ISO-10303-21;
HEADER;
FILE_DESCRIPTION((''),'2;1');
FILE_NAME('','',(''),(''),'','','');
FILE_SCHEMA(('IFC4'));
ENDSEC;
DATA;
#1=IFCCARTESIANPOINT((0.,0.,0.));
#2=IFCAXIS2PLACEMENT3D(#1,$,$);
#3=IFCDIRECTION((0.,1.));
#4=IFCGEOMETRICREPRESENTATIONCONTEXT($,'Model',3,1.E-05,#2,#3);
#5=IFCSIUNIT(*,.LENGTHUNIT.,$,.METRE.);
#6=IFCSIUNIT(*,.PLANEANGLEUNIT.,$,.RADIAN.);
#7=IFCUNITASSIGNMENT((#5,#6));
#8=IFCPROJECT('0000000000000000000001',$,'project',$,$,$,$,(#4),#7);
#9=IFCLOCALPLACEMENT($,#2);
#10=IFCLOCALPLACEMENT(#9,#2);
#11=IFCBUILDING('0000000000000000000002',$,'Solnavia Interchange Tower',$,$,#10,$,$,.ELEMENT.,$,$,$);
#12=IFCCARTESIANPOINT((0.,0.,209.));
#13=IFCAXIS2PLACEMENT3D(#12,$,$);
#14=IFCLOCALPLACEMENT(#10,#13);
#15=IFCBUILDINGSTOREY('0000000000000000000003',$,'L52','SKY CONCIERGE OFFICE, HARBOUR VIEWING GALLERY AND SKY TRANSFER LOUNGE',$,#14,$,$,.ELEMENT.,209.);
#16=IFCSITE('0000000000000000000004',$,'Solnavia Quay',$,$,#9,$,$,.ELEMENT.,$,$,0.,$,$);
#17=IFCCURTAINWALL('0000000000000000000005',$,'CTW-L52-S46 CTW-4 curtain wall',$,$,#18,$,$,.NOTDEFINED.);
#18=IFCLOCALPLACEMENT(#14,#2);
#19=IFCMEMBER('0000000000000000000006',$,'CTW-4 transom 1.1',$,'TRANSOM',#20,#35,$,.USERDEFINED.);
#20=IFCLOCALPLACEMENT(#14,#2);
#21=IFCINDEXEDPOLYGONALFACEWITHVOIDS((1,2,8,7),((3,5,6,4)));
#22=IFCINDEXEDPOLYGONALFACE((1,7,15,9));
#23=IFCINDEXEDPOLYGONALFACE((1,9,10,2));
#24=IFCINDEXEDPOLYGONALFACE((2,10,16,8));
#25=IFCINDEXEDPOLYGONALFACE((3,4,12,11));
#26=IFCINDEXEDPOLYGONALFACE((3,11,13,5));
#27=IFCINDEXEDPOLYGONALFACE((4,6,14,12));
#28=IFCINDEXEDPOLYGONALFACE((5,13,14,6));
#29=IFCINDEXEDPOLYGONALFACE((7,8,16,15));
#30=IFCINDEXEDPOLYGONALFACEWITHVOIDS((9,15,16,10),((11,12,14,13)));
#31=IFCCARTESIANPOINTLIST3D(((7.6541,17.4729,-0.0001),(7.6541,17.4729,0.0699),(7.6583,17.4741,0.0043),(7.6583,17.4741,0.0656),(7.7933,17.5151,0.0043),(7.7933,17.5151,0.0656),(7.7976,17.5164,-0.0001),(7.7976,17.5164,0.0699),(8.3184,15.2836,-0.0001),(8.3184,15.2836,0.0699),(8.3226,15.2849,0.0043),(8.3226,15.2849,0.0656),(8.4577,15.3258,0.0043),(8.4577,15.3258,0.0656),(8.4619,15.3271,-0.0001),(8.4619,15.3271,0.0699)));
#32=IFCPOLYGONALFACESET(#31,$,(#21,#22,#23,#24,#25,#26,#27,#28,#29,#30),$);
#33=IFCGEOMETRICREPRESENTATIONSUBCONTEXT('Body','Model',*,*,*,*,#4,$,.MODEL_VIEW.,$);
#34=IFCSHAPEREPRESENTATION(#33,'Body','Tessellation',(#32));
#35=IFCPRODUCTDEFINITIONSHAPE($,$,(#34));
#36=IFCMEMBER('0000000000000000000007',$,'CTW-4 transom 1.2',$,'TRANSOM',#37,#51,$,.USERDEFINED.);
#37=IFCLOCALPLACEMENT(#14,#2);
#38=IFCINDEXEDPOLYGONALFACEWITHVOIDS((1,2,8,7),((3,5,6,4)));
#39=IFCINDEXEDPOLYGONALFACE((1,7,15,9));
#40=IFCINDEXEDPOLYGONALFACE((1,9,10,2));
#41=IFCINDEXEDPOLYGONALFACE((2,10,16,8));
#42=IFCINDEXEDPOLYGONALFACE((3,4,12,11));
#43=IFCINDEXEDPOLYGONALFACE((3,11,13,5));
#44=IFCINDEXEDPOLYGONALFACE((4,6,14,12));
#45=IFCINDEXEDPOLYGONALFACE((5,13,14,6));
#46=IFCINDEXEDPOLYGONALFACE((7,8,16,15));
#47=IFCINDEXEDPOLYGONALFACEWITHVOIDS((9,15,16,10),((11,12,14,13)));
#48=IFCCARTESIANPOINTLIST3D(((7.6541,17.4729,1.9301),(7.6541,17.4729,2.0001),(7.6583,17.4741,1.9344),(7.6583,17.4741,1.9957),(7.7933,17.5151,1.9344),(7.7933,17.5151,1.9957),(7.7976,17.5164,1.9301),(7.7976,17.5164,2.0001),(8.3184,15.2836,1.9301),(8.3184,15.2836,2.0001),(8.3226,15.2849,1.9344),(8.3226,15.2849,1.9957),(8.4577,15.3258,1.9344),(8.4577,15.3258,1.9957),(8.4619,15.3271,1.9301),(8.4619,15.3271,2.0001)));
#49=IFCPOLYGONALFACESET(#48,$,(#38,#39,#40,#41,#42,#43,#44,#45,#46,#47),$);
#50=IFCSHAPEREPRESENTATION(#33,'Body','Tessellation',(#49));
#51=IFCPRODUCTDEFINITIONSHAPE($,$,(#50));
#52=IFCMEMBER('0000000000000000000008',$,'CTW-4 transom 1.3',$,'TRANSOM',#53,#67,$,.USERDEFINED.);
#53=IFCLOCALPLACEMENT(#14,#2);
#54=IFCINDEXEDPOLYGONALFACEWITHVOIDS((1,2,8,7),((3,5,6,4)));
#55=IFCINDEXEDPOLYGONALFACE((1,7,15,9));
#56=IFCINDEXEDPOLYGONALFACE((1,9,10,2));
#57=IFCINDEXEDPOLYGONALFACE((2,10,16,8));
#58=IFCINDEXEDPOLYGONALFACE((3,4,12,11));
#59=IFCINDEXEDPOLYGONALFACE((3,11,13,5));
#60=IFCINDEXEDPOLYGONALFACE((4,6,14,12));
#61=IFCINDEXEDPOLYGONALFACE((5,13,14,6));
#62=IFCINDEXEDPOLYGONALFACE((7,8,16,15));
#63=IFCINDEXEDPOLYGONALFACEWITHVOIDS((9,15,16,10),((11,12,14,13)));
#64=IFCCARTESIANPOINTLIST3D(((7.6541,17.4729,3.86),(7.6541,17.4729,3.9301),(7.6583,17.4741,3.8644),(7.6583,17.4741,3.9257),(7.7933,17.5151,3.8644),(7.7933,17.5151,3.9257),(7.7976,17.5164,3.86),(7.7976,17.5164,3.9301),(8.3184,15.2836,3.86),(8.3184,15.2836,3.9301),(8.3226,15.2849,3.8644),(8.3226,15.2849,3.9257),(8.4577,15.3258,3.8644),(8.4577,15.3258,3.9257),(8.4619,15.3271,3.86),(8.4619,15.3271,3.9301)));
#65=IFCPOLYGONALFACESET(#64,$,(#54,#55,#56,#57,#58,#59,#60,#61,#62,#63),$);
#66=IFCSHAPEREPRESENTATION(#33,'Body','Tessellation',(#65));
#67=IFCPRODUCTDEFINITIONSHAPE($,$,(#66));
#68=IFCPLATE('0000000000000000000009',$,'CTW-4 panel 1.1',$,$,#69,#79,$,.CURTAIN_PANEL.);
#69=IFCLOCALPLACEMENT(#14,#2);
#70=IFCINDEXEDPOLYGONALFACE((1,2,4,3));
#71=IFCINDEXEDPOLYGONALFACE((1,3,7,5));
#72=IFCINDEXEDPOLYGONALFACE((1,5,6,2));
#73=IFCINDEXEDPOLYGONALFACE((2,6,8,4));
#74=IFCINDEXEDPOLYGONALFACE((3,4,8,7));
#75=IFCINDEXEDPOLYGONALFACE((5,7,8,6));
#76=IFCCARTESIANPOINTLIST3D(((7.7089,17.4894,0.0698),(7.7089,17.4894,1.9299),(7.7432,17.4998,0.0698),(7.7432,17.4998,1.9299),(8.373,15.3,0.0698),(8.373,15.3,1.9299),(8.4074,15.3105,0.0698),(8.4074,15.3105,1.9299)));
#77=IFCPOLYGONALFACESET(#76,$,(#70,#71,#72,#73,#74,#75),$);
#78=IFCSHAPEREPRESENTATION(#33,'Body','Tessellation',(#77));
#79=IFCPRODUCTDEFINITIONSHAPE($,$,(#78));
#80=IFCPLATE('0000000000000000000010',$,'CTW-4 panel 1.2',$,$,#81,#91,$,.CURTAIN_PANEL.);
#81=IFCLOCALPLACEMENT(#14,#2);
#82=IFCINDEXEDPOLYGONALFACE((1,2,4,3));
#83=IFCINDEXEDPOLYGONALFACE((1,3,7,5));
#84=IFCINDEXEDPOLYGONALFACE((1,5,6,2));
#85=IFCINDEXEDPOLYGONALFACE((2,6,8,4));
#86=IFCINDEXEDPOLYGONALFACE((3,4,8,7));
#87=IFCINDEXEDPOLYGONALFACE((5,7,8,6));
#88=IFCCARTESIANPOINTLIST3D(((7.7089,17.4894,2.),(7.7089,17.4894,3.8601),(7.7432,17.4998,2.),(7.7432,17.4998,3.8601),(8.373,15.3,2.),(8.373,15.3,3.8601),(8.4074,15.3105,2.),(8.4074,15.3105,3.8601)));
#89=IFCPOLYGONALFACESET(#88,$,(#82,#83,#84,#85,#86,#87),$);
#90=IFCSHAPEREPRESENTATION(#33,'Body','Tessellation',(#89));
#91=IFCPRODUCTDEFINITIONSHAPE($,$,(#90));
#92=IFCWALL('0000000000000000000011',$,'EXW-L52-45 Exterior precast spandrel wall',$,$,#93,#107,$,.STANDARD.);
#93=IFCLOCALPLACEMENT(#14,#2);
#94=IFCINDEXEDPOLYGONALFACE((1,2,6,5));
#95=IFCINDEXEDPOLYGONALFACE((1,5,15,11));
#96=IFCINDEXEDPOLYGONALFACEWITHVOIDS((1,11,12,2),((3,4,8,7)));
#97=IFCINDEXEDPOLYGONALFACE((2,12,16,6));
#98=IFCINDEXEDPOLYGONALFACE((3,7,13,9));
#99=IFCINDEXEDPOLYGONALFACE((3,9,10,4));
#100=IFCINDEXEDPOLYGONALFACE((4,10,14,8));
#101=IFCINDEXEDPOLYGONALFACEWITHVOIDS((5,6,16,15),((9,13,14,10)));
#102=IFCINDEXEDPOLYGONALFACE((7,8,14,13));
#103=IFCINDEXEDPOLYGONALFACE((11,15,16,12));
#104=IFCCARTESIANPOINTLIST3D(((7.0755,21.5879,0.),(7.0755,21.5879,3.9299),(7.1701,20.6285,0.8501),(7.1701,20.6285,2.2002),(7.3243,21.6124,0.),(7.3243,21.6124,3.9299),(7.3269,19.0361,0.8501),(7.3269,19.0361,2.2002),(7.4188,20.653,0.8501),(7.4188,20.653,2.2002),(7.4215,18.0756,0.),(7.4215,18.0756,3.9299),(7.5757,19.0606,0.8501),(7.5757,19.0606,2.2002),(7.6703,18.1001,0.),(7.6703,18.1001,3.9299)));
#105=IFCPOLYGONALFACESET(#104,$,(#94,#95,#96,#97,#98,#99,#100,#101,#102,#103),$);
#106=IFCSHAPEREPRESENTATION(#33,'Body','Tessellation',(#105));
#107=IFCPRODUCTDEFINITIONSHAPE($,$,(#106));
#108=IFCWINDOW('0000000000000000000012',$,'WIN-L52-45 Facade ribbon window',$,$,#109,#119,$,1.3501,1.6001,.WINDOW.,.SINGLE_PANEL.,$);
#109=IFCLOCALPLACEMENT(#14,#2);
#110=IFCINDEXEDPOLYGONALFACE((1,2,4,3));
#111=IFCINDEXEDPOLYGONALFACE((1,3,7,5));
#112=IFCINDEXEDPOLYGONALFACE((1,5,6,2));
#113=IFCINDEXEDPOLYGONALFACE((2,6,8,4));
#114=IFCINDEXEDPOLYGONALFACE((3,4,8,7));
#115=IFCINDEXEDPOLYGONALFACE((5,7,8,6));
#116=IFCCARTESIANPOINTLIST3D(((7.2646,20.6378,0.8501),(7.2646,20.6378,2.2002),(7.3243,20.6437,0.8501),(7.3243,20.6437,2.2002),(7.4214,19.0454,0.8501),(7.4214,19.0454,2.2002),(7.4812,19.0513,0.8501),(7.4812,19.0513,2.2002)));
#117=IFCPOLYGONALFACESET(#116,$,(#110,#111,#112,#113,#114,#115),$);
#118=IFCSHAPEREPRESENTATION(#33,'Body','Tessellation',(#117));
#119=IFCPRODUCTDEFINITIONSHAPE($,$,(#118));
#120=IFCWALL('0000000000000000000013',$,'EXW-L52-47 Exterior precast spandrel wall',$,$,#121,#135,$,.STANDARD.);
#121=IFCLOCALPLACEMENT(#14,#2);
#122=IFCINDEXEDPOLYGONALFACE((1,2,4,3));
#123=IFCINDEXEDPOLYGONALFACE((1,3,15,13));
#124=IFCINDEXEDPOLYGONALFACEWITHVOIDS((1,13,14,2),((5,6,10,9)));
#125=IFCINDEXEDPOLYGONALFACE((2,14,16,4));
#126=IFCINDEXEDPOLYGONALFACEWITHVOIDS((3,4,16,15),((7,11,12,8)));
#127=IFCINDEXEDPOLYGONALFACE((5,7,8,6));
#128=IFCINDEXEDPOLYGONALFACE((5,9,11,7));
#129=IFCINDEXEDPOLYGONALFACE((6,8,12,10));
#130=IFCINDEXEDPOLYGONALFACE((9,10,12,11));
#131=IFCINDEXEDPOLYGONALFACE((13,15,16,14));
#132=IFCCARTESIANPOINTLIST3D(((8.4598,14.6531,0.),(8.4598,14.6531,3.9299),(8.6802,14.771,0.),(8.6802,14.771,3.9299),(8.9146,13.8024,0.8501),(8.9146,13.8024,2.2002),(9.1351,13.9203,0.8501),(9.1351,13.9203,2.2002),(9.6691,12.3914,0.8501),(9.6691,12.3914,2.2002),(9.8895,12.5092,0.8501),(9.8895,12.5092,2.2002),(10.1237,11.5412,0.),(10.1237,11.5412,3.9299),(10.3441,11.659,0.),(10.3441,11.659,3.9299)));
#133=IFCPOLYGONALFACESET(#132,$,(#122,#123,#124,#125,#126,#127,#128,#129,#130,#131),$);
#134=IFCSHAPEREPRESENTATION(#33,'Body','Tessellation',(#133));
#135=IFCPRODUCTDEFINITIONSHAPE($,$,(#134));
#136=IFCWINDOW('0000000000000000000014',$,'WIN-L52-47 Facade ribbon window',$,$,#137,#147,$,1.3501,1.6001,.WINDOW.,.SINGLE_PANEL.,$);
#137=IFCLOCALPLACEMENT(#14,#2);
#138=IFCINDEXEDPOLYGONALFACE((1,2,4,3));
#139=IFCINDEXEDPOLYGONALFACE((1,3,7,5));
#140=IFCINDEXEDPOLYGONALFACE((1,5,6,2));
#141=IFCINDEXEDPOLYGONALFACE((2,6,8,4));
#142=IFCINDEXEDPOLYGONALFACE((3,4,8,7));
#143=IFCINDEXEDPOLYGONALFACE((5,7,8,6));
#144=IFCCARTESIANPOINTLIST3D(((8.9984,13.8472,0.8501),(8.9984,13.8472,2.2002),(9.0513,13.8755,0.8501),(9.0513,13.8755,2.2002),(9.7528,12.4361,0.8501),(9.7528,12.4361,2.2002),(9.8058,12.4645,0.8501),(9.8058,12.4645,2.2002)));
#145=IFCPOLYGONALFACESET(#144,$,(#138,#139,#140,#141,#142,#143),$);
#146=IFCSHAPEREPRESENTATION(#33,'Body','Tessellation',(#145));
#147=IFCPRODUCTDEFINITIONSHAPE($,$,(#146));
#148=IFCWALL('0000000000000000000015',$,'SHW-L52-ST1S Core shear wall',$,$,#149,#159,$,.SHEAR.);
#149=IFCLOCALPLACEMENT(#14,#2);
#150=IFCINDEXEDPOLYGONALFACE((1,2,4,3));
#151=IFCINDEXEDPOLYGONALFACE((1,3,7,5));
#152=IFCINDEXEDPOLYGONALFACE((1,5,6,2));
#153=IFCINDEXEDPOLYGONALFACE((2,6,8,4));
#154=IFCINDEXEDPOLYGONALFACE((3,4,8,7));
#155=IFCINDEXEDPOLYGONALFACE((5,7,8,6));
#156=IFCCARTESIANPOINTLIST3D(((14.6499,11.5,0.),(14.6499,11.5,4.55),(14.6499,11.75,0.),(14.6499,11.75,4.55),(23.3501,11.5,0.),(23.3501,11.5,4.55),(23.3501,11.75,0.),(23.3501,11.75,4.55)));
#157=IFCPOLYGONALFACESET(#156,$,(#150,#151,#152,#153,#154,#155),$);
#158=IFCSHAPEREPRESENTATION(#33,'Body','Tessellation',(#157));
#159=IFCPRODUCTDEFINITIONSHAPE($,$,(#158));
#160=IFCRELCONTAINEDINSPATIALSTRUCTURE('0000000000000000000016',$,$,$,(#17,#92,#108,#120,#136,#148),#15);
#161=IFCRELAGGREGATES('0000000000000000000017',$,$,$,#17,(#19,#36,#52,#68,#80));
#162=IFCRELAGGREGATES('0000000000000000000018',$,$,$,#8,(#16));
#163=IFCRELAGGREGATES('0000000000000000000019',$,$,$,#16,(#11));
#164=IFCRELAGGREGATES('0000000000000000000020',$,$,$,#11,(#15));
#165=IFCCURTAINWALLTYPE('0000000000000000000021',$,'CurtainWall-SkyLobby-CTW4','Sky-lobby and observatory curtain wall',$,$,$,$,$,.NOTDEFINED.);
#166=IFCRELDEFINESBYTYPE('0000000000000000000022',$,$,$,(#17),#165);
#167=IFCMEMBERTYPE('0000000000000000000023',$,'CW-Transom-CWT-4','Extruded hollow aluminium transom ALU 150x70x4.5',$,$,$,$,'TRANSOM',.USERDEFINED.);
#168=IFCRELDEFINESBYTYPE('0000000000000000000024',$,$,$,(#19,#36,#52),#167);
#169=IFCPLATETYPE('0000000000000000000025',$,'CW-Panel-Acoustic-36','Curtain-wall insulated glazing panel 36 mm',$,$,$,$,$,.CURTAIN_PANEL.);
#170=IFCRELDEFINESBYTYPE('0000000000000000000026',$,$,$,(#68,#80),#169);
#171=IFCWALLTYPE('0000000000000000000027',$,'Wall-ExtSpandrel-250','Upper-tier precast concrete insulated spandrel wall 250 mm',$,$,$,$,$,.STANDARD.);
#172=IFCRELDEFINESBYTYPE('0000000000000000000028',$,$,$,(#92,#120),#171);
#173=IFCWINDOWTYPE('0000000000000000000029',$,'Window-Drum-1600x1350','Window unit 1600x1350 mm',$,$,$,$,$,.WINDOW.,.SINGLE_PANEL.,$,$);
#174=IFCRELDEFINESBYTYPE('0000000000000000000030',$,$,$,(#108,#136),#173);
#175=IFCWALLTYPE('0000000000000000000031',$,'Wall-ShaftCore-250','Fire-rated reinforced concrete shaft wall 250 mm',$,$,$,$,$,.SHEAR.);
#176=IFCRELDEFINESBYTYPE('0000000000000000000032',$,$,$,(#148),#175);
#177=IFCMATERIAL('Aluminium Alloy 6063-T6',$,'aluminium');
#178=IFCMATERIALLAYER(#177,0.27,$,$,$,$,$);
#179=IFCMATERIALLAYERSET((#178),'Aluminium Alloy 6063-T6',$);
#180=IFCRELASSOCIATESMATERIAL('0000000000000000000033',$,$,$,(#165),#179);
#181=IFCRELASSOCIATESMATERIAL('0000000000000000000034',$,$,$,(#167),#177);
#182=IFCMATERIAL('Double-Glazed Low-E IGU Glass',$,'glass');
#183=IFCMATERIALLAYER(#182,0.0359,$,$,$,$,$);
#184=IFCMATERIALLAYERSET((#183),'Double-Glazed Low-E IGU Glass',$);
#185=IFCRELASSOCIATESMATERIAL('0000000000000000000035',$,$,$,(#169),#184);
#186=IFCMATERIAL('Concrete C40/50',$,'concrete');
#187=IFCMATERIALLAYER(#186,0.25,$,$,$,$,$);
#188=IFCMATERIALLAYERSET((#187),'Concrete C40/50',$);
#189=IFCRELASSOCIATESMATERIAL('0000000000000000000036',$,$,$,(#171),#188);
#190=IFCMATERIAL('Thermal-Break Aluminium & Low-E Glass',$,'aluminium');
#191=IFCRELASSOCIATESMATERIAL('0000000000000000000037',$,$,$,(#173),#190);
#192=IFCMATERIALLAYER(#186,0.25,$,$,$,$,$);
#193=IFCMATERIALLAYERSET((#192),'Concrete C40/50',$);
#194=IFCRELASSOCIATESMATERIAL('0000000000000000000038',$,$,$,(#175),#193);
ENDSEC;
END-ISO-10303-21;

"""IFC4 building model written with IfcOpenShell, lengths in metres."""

from ifc_helpers import new_model, si_unit, direction, frame, frame_2d, origin, origin_2d, place, context, subcontext, project, spatial, rectangle, hollow_rectangle, extrude, material, layer, layer_set, material_profile, profile_set, type_object, element, fill, aggregate, save


model = new_model("IFC4")

# Units and contexts
model_context = context("Model", 3, precision=1e-05, world=origin(), true_north=direction((0.0, 1.0)))
body_context = subcontext(model_context, "Body", "Model", "MODEL_VIEW")
ifc_project = project(units=[si_unit("LENGTHUNIT", "METRE"), si_unit("PLANEANGLEUNIT", "RADIAN")], contexts=[model_context])

# Site, building, storey
site_placement = place(None, origin())
site = spatial("IfcSite", under=ifc_project, at=site_placement, Name="Solnavia Quay", CompositionType="ELEMENT", RefElevation=0.0)
building_placement = place(site_placement, origin())
building = spatial("IfcBuilding", under=site, at=building_placement, Name="Solnavia Interchange Tower", CompositionType="ELEMENT")
storey_placement = place(building_placement, frame((0.0, 0.0, 209.0)))
storey = spatial("IfcBuildingStorey", under=building, at=storey_placement, Name="L52", Description="SKY CONCIERGE OFFICE, HARBOUR VIEWING GALLERY AND SKY TRANSFER LOUNGE", CompositionType="ELEMENT", Elevation=209.0)

# Curtain wall
ifc_material_1 = material(Name="Aluminium Alloy 6063-T6", Category="aluminium")
ifc_layer_1 = layer(ifc_material_1, 0.27)
ifc_layer_set_1 = layer_set([ifc_layer_1], Name="Aluminium Alloy 6063-T6")
curtain_wall_type = type_object("IfcCurtainWallType", Name="CurtainWall-SkyLobby-CTW4", Description="Sky-lobby and observatory curtain wall", PredefinedType="NOTDEFINED", material=ifc_layer_set_1)
curtain_wall_1_placement = place(storey_placement, origin())
curtain_wall_1 = element("IfcCurtainWall", 1, at=curtain_wall_1_placement, inside=storey, type_object=curtain_wall_type, Name="CTW-L52-S46 CTW-4 curtain wall", PredefinedType="NOTDEFINED")

# Members
ifc_material_profile_1 = material_profile(ifc_material_1, hollow_rectangle(XDim=0.0701, YDim=0.1499, WallThickness=0.0044, at=origin_2d()), Name="ALU 150x70x4.5")
ifc_profile_set_1 = profile_set([ifc_material_profile_1], Name="Aluminium Alloy 6063-T6")
member_type_1 = type_object("IfcMemberType", Name="CW-Transom-CWT-4", Description="Extruded hollow aluminium transom ALU 150x70x4.5", ElementType="TRANSOM", PredefinedType="USERDEFINED", material=ifc_profile_set_1)
member_1_placement = place(storey_placement, frame((7.7258, 17.4946, 0.0349), z_axis=(0.290372, -0.956914, 0.0), x_axis=(0.0, 0.0, 1.0)))
member_1 = element("IfcMember", 2, at=member_1_placement, type_object=member_type_1, Name="CTW-4 transom 1.1", ObjectType="TRANSOM", PredefinedType="USERDEFINED", context=body_context, shape_type="SweptSolid", body=[
    extrude(hollow_rectangle(XDim=0.0701, YDim=0.1499, WallThickness=0.0044, at=origin_2d()), origin(), (0.0, 0.0, 1.0), 2.2878),
])
member_2_placement = place(storey_placement, frame((7.7258, 17.4946, 1.9651), z_axis=(0.290372, -0.956914, 0.0), x_axis=(0.0, 0.0, 1.0)))
member_2 = element("IfcMember", 3, at=member_2_placement, type_object=member_type_1, Name="CTW-4 transom 1.2", ObjectType="TRANSOM", PredefinedType="USERDEFINED", context=body_context, shape_type="SweptSolid", body=[
    extrude(hollow_rectangle(XDim=0.0701, YDim=0.1499, WallThickness=0.0044, at=origin_2d()), origin(), (0.0, 0.0, 1.0), 2.2878),
])
member_3_placement = place(storey_placement, frame((7.7258, 17.4946, 3.895), z_axis=(0.290372, -0.956914, 0.0), x_axis=(0.0, 0.0, 1.0)))
member_3 = element("IfcMember", 4, at=member_3_placement, type_object=member_type_1, Name="CTW-4 transom 1.3", ObjectType="TRANSOM", PredefinedType="USERDEFINED", context=body_context, shape_type="SweptSolid", body=[
    extrude(hollow_rectangle(XDim=0.0701, YDim=0.1499, WallThickness=0.0044, at=origin_2d()), origin(), (0.0, 0.0, 1.0), 2.2878),
])

# Plates
ifc_material_2 = material(Name="Double-Glazed Low-E IGU Glass", Category="glass")
ifc_layer_2 = layer(ifc_material_2, 0.0359)
ifc_layer_set_2 = layer_set([ifc_layer_2], Name="Double-Glazed Low-E IGU Glass")
plate_type = type_object("IfcPlateType", Name="CW-Panel-Acoustic-36", Description="Curtain-wall insulated glazing panel 36 mm", PredefinedType="CURTAIN_PANEL", material=ifc_layer_set_2)
plate_1_placement = place(storey_placement, frame((8.0581, 16.3999, 0.0698), z_axis=(0.0, 0.0, 1.0), x_axis=(0.2903, -0.956936, 0.0)))
plate_1 = element("IfcPlate", 5, at=plate_1_placement, type_object=plate_type, Name="CTW-4 panel 1.1", PredefinedType="CURTAIN_PANEL", context=body_context, shape_type="SweptSolid", body=[
    extrude(rectangle(XDim=2.2878, YDim=0.0359, at=origin_2d()), origin(), (0.0, 0.0, 1.0), 1.8601),
])
plate_2_placement = place(storey_placement, frame((8.0581, 16.3999, 2.0), z_axis=(0.0, 0.0, 1.0), x_axis=(0.2903, -0.956936, 0.0)))
plate_2 = element("IfcPlate", 6, at=plate_2_placement, type_object=plate_type, Name="CTW-4 panel 1.2", PredefinedType="CURTAIN_PANEL", context=body_context, shape_type="SweptSolid", body=[
    extrude(rectangle(XDim=2.2878, YDim=0.0359, at=origin_2d()), origin(), (0.0, 0.0, 1.0), 1.8601),
])
aggregate(curtain_wall_1, [member_1, member_2, member_3, plate_1, plate_2])

# Walls, openings, windows
ifc_material_3 = material(Name="Concrete C40/50", Category="concrete")
ifc_layer_3 = layer(ifc_material_3, 0.25)
ifc_layer_set_3 = layer_set([ifc_layer_3], Name="Concrete C40/50")
wall_type_1 = type_object("IfcWallType", Name="Wall-ExtSpandrel-250", Description="Upper-tier precast concrete insulated spandrel wall 250 mm", PredefinedType="STANDARD", material=ifc_layer_set_3)
wall_1_placement = place(storey_placement, frame((7.5459, 18.0879, 0.0), z_axis=(0.0, 0.0, 1.0), x_axis=(-0.098024, 0.995184, 0.0)))
wall_1 = element("IfcWall", 7, at=wall_1_placement, inside=storey, type_object=wall_type_1, Name="EXW-L52-45 Exterior precast spandrel wall", PredefinedType="STANDARD", context=body_context, shape_type="SweptSolid", body=[
    extrude(rectangle(XDim=3.5293, YDim=0.25, at=frame_2d((1.7646, 0.0))), origin(), (0.0, 0.0, 1.0), 3.9299),
])
opening_1_placement = place(wall_1_placement, frame((0.9651, 0.0, 0.8501)))
opening_1 = element("IfcOpeningElement", 8, at=opening_1_placement, cuts=wall_1, PredefinedType="OPENING", context=body_context, shape_type="SweptSolid", body=[
    extrude(rectangle(XDim=1.6001, YDim=1.3501, at=frame_2d((0.8, 0.675))), frame((0.0, 0.135, 0.0), z_axis=(0.0, -1.0, 0.0), x_axis=(1.0, 0.0, 0.0)), (0.0, 0.0, 1.0), 0.27),
])
ifc_material_4 = material(Name="Thermal-Break Aluminium & Low-E Glass", Category="aluminium")
window_type = type_object("IfcWindowType", Name="Window-Drum-1600x1350", Description="Window unit 1600x1350 mm", PartitioningType="SINGLE_PANEL", PredefinedType="WINDOW", material=ifc_material_4)
window_1_placement = place(opening_1_placement, origin())
window_1 = element("IfcWindow", 9, at=window_1_placement, inside=storey, type_object=window_type, Name="WIN-L52-45 Facade ribbon window", OverallHeight=1.3501, OverallWidth=1.6001, PartitioningType="SINGLE_PANEL", PredefinedType="WINDOW", context=body_context, shape_type="SweptSolid", body=[
    extrude(rectangle(XDim=1.6001, YDim=1.3501, at=frame_2d((0.8, 0.675))), frame((0.0, 0.03, 0.0), z_axis=(0.0, -1.0, 0.0), x_axis=(1.0, 0.0, 0.0)), (0.0, 0.0, 1.0), 0.0601),
])
fill(opening_1, window_1)
wall_2_placement = place(storey_placement, frame((10.2339, 11.6001, 0.0), z_axis=(0.0, 0.0, 1.0), x_axis=(-0.471511, 0.88186, 0.0)))
wall_2 = element("IfcWall", 10, at=wall_2_placement, inside=storey, type_object=wall_type_1, Name="EXW-L52-47 Exterior precast spandrel wall", PredefinedType="STANDARD", context=body_context, shape_type="SweptSolid", body=[
    extrude(rectangle(XDim=3.5288, YDim=0.25, at=frame_2d((1.7644, 0.0))), origin(), (0.0, 0.0, 1.0), 3.9299),
])
opening_2_placement = place(wall_2_placement, frame((0.9641, 0.0, 0.8501)))
opening_2 = element("IfcOpeningElement", 11, at=opening_2_placement, cuts=wall_2, PredefinedType="OPENING", context=body_context, shape_type="SweptSolid", body=[
    extrude(rectangle(XDim=1.6001, YDim=1.3501, at=frame_2d((0.8, 0.675))), frame((0.0, 0.135, 0.0), z_axis=(0.0, -1.0, 0.0), x_axis=(1.0, 0.0, 0.0)), (0.0, 0.0, 1.0), 0.27),
])
window_2_placement = place(opening_2_placement, origin())
window_2 = element("IfcWindow", 12, at=window_2_placement, inside=storey, type_object=window_type, Name="WIN-L52-47 Facade ribbon window", OverallHeight=1.3501, OverallWidth=1.6001, PartitioningType="SINGLE_PANEL", PredefinedType="WINDOW", context=body_context, shape_type="SweptSolid", body=[
    extrude(rectangle(XDim=1.6001, YDim=1.3501, at=frame_2d((0.8, 0.675))), frame((0.0, 0.03, 0.0), z_axis=(0.0, -1.0, 0.0), x_axis=(1.0, 0.0, 0.0)), (0.0, 0.0, 1.0), 0.0601),
])
fill(opening_2, window_2)

# Wall
ifc_layer_4 = layer(ifc_material_3, 0.25)
ifc_layer_set_4 = layer_set([ifc_layer_4], Name="Concrete C40/50")
wall_type_2 = type_object("IfcWallType", Name="Wall-ShaftCore-250", Description="Fire-rated reinforced concrete shaft wall 250 mm", PredefinedType="SHEAR", material=ifc_layer_set_4)
wall_3_placement = place(storey_placement, frame((14.6499, 11.625, 0.0), z_axis=(0.0, 0.0, 1.0), x_axis=(1.0, 0.0, 0.0)))
element("IfcWall", 13, at=wall_3_placement, inside=storey, type_object=wall_type_2, Name="SHW-L52-ST1S Core shear wall", PredefinedType="SHEAR", context=body_context, shape_type="SweptSolid", body=[
    extrude(rectangle(XDim=8.7002, YDim=0.25, at=frame_2d((4.3501, 0.0))), origin(), (0.0, 0.0, 1.0), 4.55),
])

save(model, "model.ifc")
